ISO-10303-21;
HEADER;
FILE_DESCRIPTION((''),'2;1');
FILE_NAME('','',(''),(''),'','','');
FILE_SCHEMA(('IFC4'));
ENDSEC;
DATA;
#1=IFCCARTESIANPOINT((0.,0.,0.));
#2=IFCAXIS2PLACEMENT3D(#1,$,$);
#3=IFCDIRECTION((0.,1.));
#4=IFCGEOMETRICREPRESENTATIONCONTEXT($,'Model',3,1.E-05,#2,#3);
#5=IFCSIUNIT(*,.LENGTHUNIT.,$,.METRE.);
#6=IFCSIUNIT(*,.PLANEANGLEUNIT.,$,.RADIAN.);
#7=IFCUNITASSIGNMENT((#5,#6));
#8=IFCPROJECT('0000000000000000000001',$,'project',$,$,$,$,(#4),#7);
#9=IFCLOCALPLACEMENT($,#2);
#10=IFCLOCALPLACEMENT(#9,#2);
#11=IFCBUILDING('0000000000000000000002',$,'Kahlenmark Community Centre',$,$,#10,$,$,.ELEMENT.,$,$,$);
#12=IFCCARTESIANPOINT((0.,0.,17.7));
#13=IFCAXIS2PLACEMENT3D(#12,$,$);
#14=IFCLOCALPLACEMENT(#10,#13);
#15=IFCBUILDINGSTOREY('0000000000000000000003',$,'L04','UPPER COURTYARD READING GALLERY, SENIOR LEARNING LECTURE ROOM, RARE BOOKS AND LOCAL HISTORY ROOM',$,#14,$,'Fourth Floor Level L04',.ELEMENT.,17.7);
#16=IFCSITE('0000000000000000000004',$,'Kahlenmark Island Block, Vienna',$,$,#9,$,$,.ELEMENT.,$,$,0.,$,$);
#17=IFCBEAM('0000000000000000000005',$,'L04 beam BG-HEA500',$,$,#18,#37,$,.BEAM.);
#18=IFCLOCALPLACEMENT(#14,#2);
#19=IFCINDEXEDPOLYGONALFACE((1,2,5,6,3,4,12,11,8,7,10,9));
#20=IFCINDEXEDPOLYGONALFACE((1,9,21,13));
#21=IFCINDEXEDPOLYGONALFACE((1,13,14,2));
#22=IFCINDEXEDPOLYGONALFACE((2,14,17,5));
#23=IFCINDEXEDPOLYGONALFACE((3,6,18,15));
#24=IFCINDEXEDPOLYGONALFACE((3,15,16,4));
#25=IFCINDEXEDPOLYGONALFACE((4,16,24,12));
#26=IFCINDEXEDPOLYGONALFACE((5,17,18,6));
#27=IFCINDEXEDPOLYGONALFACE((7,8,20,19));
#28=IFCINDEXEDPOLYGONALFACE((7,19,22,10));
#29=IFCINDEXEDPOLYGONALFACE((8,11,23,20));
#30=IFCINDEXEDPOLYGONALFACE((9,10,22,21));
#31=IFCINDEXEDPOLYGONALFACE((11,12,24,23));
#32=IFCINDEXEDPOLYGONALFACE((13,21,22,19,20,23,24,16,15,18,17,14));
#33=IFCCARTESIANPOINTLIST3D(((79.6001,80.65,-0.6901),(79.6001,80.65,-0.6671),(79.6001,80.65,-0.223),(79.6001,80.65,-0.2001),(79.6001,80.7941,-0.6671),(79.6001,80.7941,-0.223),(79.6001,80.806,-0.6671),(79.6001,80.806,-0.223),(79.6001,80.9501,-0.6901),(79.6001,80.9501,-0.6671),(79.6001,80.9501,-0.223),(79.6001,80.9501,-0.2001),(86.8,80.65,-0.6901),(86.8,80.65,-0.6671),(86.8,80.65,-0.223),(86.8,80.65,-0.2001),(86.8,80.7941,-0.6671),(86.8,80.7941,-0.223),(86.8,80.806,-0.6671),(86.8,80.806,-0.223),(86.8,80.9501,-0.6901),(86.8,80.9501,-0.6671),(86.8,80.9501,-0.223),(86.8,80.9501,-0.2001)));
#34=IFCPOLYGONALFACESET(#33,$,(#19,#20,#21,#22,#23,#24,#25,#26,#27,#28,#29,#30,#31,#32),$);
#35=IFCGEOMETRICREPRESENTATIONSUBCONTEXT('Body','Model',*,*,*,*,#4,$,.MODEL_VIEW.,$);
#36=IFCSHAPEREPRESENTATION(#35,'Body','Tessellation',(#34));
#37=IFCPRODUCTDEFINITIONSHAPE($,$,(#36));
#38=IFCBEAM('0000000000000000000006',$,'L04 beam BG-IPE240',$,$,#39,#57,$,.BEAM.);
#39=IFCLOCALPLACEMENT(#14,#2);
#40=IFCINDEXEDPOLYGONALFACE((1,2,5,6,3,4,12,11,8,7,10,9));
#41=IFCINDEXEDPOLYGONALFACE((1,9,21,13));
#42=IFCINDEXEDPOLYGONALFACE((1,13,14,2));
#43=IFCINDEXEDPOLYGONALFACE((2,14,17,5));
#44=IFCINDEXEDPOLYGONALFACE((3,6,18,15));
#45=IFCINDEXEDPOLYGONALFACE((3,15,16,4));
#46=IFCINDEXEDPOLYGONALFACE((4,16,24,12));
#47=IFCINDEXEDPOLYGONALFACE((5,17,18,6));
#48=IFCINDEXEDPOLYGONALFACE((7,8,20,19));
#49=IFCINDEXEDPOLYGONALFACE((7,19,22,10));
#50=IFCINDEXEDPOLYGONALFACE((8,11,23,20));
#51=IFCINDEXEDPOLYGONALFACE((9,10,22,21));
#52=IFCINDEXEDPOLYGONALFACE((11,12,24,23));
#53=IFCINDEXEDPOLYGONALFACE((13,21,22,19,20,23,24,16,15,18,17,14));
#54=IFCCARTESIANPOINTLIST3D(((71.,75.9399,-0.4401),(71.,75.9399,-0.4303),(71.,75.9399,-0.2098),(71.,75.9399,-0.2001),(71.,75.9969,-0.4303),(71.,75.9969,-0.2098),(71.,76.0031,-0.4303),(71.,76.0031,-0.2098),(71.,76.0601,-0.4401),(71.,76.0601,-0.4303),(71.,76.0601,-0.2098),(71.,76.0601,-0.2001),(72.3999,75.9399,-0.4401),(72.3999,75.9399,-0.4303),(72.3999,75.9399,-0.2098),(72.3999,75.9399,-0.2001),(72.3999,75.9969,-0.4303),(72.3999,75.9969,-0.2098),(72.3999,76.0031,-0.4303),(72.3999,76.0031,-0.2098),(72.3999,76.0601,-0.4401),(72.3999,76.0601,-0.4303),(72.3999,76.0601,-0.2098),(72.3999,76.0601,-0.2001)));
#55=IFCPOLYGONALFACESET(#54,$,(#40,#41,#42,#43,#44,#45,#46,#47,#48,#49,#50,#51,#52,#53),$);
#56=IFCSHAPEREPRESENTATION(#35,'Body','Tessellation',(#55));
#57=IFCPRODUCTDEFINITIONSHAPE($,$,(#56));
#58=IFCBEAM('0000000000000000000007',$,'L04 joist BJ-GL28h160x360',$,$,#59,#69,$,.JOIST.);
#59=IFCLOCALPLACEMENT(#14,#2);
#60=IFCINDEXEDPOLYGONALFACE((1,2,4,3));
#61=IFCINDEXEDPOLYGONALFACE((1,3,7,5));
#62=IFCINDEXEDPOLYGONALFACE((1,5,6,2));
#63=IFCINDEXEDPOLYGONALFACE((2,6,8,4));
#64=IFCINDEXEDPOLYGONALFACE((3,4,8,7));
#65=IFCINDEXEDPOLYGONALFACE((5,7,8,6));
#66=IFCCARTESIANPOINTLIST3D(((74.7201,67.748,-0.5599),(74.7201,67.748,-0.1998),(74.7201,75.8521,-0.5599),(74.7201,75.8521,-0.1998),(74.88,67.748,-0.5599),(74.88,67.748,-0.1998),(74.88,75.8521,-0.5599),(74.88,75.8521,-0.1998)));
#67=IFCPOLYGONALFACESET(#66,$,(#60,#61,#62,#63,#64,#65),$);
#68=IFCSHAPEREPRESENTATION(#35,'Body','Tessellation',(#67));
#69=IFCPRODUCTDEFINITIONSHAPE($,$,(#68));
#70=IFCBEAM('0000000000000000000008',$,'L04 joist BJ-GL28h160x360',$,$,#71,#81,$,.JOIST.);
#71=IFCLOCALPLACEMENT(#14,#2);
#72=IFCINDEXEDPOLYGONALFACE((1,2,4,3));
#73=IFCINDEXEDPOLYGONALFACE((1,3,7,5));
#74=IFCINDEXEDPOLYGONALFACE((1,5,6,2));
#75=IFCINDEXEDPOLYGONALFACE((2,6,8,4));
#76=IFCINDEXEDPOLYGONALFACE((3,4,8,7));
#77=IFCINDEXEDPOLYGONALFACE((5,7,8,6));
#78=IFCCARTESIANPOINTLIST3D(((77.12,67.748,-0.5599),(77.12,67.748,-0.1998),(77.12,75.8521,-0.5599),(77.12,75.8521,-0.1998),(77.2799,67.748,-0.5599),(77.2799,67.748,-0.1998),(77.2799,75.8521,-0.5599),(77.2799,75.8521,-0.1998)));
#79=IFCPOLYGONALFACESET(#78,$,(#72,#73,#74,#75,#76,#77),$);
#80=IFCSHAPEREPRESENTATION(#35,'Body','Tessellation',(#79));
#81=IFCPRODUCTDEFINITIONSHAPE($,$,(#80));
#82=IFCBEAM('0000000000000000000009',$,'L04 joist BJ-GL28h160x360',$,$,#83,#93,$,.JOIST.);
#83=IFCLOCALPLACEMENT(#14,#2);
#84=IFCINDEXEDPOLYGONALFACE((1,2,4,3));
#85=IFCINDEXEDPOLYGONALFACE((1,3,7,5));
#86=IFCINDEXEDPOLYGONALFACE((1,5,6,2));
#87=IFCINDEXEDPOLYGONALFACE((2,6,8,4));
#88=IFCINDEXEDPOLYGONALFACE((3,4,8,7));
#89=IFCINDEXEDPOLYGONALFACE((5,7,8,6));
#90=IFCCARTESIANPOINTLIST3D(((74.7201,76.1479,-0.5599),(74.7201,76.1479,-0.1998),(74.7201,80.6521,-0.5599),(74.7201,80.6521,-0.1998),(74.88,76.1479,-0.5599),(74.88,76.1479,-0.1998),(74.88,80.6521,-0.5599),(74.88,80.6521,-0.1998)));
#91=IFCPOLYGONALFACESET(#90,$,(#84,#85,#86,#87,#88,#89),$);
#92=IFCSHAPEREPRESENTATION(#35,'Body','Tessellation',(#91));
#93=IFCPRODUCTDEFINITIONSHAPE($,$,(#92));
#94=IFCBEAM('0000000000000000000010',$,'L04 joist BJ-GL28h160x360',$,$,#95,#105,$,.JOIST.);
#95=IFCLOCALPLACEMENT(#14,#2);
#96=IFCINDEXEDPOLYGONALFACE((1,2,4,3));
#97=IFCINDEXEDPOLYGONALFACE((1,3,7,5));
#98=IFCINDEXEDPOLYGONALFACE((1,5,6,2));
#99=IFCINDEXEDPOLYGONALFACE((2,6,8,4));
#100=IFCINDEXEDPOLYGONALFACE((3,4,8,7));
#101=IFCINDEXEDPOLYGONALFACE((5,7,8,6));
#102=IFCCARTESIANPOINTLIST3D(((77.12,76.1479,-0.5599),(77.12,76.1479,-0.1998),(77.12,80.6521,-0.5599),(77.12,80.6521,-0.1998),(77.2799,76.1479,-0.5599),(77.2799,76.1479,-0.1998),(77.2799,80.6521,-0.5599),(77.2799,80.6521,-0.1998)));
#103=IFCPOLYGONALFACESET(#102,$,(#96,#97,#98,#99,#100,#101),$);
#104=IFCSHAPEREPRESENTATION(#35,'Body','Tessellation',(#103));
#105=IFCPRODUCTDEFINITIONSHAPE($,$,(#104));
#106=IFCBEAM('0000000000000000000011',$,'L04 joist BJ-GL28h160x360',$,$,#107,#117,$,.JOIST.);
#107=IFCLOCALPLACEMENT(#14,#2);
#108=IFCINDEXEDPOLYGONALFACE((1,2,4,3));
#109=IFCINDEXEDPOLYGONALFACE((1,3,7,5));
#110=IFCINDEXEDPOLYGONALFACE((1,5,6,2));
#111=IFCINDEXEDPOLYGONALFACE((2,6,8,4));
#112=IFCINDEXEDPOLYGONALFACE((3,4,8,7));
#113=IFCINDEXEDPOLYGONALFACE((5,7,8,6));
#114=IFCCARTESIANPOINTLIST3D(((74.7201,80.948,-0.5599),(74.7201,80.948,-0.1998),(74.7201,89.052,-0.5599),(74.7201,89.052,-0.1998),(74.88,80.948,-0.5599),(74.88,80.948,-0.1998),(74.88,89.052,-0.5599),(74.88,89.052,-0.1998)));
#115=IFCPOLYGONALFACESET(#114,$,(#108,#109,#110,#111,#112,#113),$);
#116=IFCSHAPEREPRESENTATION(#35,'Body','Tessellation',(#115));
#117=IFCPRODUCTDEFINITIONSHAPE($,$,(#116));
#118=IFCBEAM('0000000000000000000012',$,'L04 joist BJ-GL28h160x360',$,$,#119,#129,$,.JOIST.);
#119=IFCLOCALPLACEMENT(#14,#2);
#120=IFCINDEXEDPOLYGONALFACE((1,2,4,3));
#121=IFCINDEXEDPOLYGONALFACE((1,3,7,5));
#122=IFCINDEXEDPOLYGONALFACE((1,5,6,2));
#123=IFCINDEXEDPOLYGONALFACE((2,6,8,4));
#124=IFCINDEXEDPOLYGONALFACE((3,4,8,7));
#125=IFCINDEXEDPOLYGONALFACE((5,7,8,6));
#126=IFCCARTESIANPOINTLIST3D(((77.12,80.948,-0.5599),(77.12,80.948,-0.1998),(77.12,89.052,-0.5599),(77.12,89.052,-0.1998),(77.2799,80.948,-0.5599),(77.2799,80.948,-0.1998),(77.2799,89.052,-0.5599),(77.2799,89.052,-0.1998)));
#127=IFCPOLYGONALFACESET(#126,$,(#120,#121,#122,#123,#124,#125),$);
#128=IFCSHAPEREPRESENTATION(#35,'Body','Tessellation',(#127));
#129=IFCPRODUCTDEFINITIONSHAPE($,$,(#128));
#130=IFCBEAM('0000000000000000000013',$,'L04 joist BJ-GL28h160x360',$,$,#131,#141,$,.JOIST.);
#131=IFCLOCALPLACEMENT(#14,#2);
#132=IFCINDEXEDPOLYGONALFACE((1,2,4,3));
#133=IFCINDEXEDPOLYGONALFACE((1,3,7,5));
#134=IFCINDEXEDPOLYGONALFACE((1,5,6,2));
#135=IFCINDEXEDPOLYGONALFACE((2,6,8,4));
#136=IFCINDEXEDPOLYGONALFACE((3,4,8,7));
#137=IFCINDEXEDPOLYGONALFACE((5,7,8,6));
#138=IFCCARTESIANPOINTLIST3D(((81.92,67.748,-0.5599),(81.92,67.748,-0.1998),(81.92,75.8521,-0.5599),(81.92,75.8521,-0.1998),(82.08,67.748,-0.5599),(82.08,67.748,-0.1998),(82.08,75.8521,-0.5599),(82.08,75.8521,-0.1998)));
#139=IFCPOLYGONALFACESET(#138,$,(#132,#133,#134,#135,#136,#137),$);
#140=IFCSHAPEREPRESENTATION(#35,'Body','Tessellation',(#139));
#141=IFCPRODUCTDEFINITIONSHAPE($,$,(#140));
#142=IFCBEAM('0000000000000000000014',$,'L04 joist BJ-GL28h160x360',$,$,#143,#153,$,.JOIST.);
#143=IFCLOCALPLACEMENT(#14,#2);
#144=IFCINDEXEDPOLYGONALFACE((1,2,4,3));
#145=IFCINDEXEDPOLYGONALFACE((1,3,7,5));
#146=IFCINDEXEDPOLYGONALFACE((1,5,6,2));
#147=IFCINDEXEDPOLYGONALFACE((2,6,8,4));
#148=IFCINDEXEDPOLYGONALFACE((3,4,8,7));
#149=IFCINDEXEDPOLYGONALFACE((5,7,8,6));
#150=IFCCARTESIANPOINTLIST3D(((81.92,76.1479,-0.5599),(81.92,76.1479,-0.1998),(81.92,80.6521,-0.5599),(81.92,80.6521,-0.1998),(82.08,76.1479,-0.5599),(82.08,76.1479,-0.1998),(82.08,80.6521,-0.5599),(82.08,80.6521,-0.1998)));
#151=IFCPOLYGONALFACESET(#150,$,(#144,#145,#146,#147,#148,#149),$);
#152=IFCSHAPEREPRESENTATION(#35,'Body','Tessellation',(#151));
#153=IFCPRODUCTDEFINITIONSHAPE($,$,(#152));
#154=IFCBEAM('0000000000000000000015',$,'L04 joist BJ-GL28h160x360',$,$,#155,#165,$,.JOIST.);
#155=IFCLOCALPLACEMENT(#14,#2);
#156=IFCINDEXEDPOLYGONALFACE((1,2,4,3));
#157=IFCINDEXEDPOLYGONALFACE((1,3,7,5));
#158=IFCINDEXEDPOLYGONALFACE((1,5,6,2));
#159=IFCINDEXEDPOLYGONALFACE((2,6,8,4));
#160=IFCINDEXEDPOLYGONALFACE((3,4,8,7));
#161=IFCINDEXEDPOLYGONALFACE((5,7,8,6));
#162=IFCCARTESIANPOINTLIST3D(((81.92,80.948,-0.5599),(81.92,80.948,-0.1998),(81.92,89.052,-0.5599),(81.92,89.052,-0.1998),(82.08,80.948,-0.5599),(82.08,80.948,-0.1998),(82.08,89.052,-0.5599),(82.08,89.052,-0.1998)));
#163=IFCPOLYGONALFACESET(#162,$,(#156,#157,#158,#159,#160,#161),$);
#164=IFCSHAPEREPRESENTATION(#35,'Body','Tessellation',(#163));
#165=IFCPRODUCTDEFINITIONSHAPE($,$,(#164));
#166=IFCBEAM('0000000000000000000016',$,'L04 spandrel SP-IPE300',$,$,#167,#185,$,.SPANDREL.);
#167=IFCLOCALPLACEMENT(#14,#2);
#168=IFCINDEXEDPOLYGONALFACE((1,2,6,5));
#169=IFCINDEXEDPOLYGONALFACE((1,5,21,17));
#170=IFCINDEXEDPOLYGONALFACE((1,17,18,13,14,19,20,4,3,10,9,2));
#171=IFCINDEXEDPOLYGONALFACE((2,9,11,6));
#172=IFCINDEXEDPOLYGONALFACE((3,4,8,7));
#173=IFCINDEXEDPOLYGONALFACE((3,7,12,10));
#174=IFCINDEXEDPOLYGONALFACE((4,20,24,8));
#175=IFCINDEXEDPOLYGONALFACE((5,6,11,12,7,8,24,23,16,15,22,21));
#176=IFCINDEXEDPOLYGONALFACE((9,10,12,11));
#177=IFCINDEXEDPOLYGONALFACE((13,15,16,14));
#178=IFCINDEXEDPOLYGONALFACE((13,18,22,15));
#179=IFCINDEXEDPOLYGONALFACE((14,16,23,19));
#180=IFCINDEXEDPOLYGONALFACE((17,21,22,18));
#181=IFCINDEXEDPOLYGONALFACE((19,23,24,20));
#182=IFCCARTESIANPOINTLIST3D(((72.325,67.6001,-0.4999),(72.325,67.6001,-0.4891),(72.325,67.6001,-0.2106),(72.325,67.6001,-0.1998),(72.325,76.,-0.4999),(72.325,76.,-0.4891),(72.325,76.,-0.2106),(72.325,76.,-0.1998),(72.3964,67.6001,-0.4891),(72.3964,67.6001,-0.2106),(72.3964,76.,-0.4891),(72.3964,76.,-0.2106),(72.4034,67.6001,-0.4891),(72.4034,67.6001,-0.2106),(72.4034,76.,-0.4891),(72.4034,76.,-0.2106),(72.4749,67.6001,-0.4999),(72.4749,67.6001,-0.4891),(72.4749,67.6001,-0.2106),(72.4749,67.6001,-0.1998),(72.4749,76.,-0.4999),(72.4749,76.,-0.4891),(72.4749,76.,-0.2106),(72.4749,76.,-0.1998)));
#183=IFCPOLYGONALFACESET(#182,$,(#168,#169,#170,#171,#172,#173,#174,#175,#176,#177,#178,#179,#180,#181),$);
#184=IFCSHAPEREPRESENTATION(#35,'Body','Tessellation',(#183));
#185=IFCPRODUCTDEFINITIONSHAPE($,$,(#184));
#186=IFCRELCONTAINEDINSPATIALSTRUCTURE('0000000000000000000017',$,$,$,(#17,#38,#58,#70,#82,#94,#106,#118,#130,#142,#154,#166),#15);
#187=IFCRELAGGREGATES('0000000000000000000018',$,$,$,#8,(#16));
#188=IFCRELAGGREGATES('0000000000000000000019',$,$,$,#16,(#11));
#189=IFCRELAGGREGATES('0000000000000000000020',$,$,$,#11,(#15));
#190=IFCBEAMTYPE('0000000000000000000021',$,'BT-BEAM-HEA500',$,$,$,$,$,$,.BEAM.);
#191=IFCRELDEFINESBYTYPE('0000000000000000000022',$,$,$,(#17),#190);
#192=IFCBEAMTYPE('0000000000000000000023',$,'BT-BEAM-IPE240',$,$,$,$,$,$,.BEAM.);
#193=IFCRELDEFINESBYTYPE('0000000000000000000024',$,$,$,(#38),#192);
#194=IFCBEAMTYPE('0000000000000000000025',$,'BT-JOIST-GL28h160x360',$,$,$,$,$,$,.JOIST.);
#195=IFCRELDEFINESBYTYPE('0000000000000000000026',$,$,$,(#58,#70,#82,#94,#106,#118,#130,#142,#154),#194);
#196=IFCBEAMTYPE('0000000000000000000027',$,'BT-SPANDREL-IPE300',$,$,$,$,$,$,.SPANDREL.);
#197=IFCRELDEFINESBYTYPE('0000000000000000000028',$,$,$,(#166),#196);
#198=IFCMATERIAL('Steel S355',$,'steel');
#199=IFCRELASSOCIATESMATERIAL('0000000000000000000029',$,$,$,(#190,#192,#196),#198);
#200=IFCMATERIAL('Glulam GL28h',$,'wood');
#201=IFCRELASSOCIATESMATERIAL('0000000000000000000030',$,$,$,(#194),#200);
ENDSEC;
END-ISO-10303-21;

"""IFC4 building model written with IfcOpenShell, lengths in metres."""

from ifc_helpers import new_model, si_unit, direction, frame, origin, origin_2d, place, context, subcontext, project, spatial, rectangle, i_section, extrude, material, material_profile, profile_set, type_object, element, save


model = new_model("IFC4")

# Units and contexts
model_context = context("Model", 3, precision=1e-05, world=origin(), true_north=direction((0.0, 1.0)))
body_context = subcontext(model_context, "Body", "Model", "MODEL_VIEW")
ifc_project = project(units=[si_unit("LENGTHUNIT", "METRE"), si_unit("PLANEANGLEUNIT", "RADIAN")], contexts=[model_context])

# Site, building, storey
site_placement = place(None, origin())
site = spatial("IfcSite", under=ifc_project, at=site_placement, Name="Kahlenmark Island Block, Vienna", CompositionType="ELEMENT", RefElevation=0.0)
building_placement = place(site_placement, origin())
building = spatial("IfcBuilding", under=site, at=building_placement, Name="Kahlenmark Community Centre", CompositionType="ELEMENT")
storey_placement = place(building_placement, frame((0.0, 0.0, 17.7)))
storey = spatial("IfcBuildingStorey", under=building, at=storey_placement, Name="L04", Description="UPPER COURTYARD READING GALLERY, SENIOR LEARNING LECTURE ROOM, RARE BOOKS AND LOCAL HISTORY ROOM", LongName="Fourth Floor Level L04", CompositionType="ELEMENT", Elevation=17.7)

# Beams
ifc_material_1 = material(Name="Steel S355", Category="steel")
ifc_material_profile_1 = material_profile(ifc_material_1, i_section(OverallWidth=0.3, OverallDepth=0.49, WebThickness=0.012, FlangeThickness=0.0229, at=origin_2d()), Name="HEA 500")
ifc_profile_set_1 = profile_set([ifc_material_profile_1], Name="Steel S355")
beam_type_1 = type_object("IfcBeamType", Name="BT-BEAM-HEA500", PredefinedType="BEAM", material=ifc_profile_set_1)
beam_1_placement = place(storey_placement, frame((79.6001, 80.8, -0.4451), z_axis=(1.0, 0.0, 0.0), x_axis=(0.0, 1.0, 0.0)))
element("IfcBeam", 1, at=beam_1_placement, inside=storey, type_object=beam_type_1, Name="L04 beam BG-HEA500", PredefinedType="BEAM", context=body_context, shape_type="SweptSolid", body=[
    extrude(i_section(OverallWidth=0.3, OverallDepth=0.49, WebThickness=0.012, FlangeThickness=0.0229, at=origin_2d()), origin(), (0.0, 0.0, 1.0), 7.2),
])
ifc_material_profile_2 = material_profile(ifc_material_1, i_section(OverallWidth=0.1201, OverallDepth=0.24, WebThickness=0.0061, FlangeThickness=0.0098, at=origin_2d()), Name="IPE 240")
ifc_profile_set_2 = profile_set([ifc_material_profile_2], Name="Steel S355")
beam_type_2 = type_object("IfcBeamType", Name="BT-BEAM-IPE240", PredefinedType="BEAM", material=ifc_profile_set_2)
beam_2_placement = place(storey_placement, frame((71.0, 76.0, -0.3201), z_axis=(1.0, 0.0, 0.0), x_axis=(0.0, 1.0, 0.0)))
element("IfcBeam", 2, at=beam_2_placement, inside=storey, type_object=beam_type_2, Name="L04 beam BG-IPE240", PredefinedType="BEAM", context=body_context, shape_type="SweptSolid", body=[
    extrude(i_section(OverallWidth=0.1201, OverallDepth=0.24, WebThickness=0.0061, FlangeThickness=0.0098, at=origin_2d()), origin(), (0.0, 0.0, 1.0), 1.3999),
])
ifc_material_2 = material(Name="Glulam GL28h", Category="wood")
ifc_material_profile_3 = material_profile(ifc_material_2, rectangle(XDim=0.1599, YDim=0.3601, at=origin_2d()), Name="GL28h 160x360")
ifc_profile_set_3 = profile_set([ifc_material_profile_3], Name="Glulam GL28h")
beam_type_3 = type_object("IfcBeamType", Name="BT-JOIST-GL28h160x360", PredefinedType="JOIST", material=ifc_profile_set_3)
for number, where, z_axis, x_axis, name in (
    (3, (74.8, 67.748, -0.3799), (0.0, 1.0, 0.0), (-1.0, 0.0, 0.0), "L04 joist BJ-GL28h160x360"),
    (4, (77.2, 67.748, -0.3799), (0.0, 1.0, 0.0), (-1.0, 0.0, 0.0), "L04 joist BJ-GL28h160x360"),
):
    element("IfcBeam", number, at=place(storey_placement, frame(where, z_axis=z_axis, x_axis=x_axis)), inside=storey, type_object=beam_type_3, Name=name, PredefinedType="JOIST", context=body_context, shape_type="SweptSolid", body=[
        extrude(rectangle(XDim=0.1599, YDim=0.3601, at=origin_2d()), origin(), (0.0, 0.0, 1.0), 8.104),
    ])
for number, where, z_axis, x_axis, name in (
    (5, (74.8, 76.1479, -0.3799), (0.0, 1.0, 0.0), (-1.0, 0.0, 0.0), "L04 joist BJ-GL28h160x360"),
    (6, (77.2, 76.1479, -0.3799), (0.0, 1.0, 0.0), (-1.0, 0.0, 0.0), "L04 joist BJ-GL28h160x360"),
):
    element("IfcBeam", number, at=place(storey_placement, frame(where, z_axis=z_axis, x_axis=x_axis)), inside=storey, type_object=beam_type_3, Name=name, PredefinedType="JOIST", context=body_context, shape_type="SweptSolid", body=[
        extrude(rectangle(XDim=0.1599, YDim=0.3601, at=origin_2d()), origin(), (0.0, 0.0, 1.0), 4.5042),
    ])
for number, where, z_axis, x_axis, name in (
    (7, (74.8, 80.948, -0.3799), (0.0, 1.0, 0.0), (-1.0, 0.0, 0.0), "L04 joist BJ-GL28h160x360"),
    (8, (77.2, 80.948, -0.3799), (0.0, 1.0, 0.0), (-1.0, 0.0, 0.0), "L04 joist BJ-GL28h160x360"),
    (9, (82.0, 67.748, -0.3799), (0.0, 1.0, 0.0), (-1.0, 0.0, 0.0), "L04 joist BJ-GL28h160x360"),
):
    element("IfcBeam", number, at=place(storey_placement, frame(where, z_axis=z_axis, x_axis=x_axis)), inside=storey, type_object=beam_type_3, Name=name, PredefinedType="JOIST", context=body_context, shape_type="SweptSolid", body=[
        extrude(rectangle(XDim=0.1599, YDim=0.3601, at=origin_2d()), origin(), (0.0, 0.0, 1.0), 8.104),
    ])
beam_3_placement = place(storey_placement, frame((82.0, 76.1479, -0.3799), z_axis=(0.0, 1.0, 0.0), x_axis=(-1.0, 0.0, 0.0)))
element("IfcBeam", 10, at=beam_3_placement, inside=storey, type_object=beam_type_3, Name="L04 joist BJ-GL28h160x360", PredefinedType="JOIST", context=body_context, shape_type="SweptSolid", body=[
    extrude(rectangle(XDim=0.1599, YDim=0.3601, at=origin_2d()), origin(), (0.0, 0.0, 1.0), 4.5042),
])
beam_4_placement = place(storey_placement, frame((82.0, 80.948, -0.3799), z_axis=(0.0, 1.0, 0.0), x_axis=(-1.0, 0.0, 0.0)))
element("IfcBeam", 11, at=beam_4_placement, inside=storey, type_object=beam_type_3, Name="L04 joist BJ-GL28h160x360", PredefinedType="JOIST", context=body_context, shape_type="SweptSolid", body=[
    extrude(rectangle(XDim=0.1599, YDim=0.3601, at=origin_2d()), origin(), (0.0, 0.0, 1.0), 8.104),
])
ifc_material_profile_4 = material_profile(ifc_material_1, i_section(OverallWidth=0.1499, OverallDepth=0.3, WebThickness=0.0071, FlangeThickness=0.0107, at=origin_2d()), Name="IPE 300")
ifc_profile_set_4 = profile_set([ifc_material_profile_4], Name="Steel S355")
beam_type_4 = type_object("IfcBeamType", Name="BT-SPANDREL-IPE300", PredefinedType="SPANDREL", material=ifc_profile_set_4)
beam_5_placement = place(storey_placement, frame((72.3999, 67.6001, -0.3499), z_axis=(0.0, 1.0, 0.0), x_axis=(-1.0, 0.0, 0.0)))
element("IfcBeam", 12, at=beam_5_placement, inside=storey, type_object=beam_type_4, Name="L04 spandrel SP-IPE300", PredefinedType="SPANDREL", context=body_context, shape_type="SweptSolid", body=[
    extrude(i_section(OverallWidth=0.1499, OverallDepth=0.3, WebThickness=0.0071, FlangeThickness=0.0107, at=origin_2d()), origin(), (0.0, 0.0, 1.0), 8.3999),
])

save(model, "model.ifc")
